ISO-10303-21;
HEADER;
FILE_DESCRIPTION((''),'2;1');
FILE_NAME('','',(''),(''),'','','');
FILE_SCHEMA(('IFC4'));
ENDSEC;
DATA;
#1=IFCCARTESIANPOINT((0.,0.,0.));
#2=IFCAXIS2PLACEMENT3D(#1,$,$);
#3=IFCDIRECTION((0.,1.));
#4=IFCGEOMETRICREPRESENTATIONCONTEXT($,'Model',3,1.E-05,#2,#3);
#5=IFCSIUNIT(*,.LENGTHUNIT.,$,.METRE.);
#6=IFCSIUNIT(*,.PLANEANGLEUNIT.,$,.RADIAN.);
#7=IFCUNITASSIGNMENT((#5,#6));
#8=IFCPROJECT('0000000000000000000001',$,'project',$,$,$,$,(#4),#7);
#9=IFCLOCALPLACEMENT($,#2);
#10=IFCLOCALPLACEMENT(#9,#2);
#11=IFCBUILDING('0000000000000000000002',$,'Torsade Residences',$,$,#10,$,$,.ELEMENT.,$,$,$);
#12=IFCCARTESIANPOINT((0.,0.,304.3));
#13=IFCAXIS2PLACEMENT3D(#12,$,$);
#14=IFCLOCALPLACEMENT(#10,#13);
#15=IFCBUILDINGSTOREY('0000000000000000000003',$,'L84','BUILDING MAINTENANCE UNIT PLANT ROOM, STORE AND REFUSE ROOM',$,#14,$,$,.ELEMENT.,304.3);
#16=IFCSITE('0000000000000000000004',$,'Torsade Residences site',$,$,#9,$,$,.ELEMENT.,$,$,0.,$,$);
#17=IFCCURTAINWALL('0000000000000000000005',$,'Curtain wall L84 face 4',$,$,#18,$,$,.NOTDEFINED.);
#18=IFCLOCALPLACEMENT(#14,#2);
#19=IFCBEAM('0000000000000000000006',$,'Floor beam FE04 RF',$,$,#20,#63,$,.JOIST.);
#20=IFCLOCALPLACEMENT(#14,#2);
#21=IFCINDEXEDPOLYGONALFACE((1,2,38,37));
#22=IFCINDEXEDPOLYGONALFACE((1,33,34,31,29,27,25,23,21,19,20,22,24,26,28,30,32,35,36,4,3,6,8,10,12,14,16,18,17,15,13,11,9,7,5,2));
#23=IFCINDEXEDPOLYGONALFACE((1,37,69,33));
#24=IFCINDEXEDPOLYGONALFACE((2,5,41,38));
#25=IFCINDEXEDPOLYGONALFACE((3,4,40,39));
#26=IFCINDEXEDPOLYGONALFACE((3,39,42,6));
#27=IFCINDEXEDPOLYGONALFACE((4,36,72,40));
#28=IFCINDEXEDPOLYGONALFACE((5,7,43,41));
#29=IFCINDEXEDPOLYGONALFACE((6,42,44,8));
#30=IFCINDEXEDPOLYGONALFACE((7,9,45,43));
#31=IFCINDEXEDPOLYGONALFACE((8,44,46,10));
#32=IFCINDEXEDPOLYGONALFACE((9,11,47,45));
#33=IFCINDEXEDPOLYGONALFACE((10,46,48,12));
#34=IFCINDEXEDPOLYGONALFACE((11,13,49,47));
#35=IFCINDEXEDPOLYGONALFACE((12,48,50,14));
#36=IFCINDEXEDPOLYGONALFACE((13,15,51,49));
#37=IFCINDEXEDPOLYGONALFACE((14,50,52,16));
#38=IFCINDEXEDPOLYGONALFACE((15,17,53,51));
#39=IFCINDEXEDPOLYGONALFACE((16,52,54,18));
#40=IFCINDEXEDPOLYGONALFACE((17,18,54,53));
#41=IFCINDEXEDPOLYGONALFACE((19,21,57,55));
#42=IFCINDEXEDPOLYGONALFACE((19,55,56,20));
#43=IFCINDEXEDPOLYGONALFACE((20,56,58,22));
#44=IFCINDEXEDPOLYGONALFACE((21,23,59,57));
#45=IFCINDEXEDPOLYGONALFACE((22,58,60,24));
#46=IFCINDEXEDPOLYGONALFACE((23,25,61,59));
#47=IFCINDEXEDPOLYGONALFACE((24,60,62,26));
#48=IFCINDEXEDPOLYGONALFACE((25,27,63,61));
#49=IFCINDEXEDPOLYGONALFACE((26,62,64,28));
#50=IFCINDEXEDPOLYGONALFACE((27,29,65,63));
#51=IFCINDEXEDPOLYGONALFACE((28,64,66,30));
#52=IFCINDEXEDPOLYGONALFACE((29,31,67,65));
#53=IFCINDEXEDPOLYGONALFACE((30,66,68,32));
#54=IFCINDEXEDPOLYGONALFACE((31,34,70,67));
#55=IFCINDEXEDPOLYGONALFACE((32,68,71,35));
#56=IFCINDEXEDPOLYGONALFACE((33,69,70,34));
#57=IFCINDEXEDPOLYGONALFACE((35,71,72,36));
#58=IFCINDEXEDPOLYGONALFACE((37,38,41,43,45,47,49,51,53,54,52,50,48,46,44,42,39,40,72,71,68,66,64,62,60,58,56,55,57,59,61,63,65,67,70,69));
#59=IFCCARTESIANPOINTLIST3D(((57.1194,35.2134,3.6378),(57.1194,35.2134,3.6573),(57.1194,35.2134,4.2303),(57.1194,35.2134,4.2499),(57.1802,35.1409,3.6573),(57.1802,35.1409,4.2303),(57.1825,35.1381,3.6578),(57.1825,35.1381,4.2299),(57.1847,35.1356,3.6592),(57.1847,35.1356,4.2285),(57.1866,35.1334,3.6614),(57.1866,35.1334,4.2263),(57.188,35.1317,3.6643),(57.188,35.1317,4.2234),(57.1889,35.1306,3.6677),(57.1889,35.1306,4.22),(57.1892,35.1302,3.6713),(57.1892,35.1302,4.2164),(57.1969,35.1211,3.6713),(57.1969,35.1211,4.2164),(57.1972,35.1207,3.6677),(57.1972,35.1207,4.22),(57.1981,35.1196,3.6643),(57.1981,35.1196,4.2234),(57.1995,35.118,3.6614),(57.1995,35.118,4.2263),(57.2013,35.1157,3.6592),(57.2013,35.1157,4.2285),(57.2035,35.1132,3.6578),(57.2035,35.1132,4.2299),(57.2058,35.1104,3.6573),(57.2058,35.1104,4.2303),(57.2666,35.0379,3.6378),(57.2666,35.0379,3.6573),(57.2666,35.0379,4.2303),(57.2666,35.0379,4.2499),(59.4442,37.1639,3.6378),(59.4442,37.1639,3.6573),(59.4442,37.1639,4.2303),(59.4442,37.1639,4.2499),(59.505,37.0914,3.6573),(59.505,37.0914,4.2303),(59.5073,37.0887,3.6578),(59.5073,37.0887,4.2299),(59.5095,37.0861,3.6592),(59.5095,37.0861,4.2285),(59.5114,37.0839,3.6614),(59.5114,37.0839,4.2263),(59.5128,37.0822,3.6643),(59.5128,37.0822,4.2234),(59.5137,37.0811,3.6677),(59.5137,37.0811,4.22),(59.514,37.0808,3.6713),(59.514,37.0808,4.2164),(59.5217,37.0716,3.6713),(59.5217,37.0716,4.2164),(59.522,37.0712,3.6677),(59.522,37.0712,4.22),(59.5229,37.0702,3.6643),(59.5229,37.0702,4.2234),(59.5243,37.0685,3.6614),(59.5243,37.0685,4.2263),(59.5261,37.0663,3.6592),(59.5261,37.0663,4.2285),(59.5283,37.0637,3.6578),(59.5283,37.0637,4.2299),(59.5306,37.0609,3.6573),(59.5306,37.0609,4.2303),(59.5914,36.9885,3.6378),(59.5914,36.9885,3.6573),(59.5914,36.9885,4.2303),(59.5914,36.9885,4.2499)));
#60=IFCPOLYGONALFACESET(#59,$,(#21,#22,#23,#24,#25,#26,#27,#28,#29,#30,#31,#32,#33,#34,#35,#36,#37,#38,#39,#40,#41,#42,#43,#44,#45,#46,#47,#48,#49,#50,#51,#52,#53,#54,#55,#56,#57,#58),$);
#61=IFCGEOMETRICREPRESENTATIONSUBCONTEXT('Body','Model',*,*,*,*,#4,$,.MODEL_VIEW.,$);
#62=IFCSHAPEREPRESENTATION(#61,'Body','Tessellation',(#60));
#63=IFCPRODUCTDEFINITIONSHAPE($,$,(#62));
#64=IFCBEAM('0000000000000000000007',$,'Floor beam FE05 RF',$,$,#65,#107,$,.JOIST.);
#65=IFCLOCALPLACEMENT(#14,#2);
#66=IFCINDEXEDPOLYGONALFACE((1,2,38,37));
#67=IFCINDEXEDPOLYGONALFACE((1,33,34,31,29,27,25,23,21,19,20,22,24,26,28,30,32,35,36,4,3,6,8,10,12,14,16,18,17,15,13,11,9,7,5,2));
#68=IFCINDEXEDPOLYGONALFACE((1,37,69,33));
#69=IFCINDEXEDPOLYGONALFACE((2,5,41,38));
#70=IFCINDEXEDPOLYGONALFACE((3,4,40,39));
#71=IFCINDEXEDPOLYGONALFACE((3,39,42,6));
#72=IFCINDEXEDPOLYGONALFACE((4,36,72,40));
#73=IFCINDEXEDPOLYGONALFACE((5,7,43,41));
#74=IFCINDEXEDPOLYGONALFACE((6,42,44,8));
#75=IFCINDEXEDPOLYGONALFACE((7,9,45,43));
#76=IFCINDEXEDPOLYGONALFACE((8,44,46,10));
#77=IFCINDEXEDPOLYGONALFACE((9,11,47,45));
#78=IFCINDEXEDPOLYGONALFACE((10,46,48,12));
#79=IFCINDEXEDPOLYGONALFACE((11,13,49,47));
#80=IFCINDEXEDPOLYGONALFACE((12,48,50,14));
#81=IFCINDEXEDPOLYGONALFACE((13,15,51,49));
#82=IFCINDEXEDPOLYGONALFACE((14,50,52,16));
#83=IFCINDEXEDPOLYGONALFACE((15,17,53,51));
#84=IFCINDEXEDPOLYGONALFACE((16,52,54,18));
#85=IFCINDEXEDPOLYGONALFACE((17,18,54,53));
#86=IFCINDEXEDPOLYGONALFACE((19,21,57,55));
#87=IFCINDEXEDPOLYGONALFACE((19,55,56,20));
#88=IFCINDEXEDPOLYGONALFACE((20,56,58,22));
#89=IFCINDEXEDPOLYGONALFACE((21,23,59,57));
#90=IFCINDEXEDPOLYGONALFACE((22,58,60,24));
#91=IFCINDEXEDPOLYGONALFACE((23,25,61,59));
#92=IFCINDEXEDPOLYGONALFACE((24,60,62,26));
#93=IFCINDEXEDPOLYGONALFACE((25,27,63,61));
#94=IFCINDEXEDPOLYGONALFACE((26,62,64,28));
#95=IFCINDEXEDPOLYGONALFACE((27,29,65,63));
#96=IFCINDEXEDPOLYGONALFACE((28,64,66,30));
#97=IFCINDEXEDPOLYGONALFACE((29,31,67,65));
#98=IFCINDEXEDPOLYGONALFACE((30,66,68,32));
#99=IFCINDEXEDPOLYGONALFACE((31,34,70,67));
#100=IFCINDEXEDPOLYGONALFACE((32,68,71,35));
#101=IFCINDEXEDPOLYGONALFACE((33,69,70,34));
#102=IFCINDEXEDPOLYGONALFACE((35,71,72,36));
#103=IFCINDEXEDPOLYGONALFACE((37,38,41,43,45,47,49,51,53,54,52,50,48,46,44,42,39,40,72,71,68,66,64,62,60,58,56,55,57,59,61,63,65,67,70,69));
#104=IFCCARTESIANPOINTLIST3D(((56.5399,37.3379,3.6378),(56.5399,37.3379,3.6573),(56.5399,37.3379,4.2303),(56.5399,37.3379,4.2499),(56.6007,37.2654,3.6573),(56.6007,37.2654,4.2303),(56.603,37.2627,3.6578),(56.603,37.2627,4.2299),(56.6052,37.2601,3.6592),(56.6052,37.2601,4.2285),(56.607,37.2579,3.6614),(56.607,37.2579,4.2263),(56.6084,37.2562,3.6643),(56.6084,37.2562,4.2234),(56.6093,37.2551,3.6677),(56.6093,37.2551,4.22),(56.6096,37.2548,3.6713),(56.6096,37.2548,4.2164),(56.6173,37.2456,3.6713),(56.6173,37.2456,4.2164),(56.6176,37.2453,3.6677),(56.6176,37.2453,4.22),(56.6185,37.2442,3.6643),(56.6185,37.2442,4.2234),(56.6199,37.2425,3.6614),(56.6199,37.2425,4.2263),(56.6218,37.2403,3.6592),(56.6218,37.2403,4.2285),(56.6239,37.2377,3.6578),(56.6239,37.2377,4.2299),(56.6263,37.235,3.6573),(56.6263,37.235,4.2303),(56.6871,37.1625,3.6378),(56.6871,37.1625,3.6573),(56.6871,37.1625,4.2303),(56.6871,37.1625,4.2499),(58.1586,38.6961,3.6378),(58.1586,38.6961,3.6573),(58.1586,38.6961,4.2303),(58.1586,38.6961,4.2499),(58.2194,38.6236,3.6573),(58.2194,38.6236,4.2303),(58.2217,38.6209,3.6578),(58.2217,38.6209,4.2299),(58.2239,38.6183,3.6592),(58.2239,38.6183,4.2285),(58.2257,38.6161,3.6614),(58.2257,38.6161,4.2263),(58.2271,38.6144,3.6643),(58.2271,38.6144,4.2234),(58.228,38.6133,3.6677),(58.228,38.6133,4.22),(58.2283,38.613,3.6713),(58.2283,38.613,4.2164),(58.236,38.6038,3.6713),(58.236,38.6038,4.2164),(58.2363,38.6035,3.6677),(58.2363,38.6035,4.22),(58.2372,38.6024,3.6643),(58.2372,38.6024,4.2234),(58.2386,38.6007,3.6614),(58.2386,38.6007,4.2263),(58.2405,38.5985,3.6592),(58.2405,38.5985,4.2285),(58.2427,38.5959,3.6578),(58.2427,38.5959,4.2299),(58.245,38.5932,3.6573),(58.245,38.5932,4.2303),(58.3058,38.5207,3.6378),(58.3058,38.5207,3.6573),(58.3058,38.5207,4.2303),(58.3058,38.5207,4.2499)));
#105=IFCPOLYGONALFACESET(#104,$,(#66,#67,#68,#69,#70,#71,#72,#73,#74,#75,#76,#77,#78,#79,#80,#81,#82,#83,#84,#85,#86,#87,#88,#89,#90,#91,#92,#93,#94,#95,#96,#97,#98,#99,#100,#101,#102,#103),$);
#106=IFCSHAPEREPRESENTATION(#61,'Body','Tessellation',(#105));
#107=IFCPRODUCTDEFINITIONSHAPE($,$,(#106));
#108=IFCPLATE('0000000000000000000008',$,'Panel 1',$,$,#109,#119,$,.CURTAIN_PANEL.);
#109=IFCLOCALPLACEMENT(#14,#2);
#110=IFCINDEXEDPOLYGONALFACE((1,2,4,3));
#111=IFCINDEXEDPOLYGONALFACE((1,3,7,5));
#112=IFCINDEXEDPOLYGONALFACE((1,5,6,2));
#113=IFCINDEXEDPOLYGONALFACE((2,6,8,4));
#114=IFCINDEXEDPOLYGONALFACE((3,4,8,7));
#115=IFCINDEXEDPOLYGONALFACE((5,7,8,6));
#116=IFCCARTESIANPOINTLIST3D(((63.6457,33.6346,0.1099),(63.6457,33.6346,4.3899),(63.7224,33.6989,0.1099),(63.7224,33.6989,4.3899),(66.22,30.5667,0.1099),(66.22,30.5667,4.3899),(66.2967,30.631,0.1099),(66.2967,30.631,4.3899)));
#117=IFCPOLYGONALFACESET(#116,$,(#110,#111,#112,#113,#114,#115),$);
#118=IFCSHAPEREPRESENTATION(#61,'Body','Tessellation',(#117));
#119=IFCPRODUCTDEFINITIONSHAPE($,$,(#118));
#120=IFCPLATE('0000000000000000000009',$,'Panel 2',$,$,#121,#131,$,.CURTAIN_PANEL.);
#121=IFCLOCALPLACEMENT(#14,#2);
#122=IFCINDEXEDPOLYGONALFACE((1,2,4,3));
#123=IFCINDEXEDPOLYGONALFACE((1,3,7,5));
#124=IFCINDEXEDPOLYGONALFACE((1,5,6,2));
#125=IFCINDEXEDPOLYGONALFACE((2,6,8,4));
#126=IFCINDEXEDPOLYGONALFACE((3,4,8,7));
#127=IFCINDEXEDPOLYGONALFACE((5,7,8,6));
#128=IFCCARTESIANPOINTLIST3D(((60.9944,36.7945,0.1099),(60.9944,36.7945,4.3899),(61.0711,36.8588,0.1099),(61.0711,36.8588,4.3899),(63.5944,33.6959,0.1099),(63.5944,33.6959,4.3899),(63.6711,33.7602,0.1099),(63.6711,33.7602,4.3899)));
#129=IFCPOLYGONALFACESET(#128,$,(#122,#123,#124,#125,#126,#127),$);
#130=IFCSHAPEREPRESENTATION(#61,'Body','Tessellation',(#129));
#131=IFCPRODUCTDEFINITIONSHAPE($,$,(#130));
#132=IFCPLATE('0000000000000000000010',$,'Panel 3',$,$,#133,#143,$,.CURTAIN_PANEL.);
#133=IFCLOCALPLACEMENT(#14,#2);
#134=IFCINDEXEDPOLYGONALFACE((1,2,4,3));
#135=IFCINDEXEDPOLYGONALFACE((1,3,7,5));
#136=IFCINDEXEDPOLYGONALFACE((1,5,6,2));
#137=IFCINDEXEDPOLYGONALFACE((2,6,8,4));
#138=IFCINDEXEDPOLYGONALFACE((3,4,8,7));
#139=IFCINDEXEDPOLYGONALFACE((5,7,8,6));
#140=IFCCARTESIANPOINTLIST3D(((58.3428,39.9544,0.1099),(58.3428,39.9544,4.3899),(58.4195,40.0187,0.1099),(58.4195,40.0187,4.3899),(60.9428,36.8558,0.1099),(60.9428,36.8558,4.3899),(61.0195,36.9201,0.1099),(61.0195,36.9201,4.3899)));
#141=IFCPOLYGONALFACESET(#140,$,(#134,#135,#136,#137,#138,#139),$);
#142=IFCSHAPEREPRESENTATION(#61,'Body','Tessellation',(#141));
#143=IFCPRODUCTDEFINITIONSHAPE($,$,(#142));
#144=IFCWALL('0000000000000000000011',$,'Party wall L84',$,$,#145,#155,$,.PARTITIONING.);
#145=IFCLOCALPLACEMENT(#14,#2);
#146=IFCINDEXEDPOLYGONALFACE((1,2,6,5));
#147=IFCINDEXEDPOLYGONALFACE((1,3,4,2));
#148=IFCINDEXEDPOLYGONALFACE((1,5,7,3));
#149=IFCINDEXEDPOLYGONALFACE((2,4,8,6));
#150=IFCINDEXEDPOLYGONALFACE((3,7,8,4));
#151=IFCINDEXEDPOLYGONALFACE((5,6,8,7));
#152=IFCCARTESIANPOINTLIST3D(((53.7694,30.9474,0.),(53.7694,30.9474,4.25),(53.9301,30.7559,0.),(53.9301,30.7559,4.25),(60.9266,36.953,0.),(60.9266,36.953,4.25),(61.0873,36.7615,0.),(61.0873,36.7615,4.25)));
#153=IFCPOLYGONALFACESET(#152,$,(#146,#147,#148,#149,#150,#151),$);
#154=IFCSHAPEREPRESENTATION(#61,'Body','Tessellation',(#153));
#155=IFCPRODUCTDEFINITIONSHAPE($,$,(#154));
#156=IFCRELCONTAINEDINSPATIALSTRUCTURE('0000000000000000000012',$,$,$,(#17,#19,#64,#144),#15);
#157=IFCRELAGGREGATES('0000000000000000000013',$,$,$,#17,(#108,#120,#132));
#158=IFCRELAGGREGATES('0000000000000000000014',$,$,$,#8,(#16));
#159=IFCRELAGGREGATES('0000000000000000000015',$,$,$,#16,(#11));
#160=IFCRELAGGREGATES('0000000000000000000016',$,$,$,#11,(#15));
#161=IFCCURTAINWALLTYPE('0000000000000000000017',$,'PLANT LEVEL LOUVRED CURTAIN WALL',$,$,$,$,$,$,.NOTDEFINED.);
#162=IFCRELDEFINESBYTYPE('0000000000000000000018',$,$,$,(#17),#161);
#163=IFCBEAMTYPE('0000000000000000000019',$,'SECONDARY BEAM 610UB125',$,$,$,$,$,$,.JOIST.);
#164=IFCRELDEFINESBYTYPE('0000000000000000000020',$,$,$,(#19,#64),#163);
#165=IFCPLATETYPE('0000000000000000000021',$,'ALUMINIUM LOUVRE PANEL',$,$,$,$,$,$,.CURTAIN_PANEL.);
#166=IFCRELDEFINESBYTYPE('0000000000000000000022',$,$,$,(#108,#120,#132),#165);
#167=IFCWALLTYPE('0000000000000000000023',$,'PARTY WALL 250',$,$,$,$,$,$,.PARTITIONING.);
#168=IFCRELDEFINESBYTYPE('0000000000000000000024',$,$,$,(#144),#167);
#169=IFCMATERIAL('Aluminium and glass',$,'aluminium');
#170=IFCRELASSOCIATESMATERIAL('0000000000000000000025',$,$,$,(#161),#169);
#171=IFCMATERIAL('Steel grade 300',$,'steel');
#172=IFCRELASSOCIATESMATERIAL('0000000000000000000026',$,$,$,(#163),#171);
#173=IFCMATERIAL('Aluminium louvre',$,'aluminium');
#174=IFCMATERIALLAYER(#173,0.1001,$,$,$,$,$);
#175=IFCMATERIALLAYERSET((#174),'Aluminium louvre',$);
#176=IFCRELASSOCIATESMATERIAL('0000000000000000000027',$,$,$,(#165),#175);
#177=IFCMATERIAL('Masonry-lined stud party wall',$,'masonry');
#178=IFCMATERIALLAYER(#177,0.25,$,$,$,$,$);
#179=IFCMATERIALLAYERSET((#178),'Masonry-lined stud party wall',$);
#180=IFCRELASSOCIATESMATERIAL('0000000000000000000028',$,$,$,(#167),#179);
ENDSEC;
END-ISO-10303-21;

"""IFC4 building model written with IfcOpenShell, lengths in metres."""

from ifc_helpers import new_model, si_unit, direction, frame, frame_2d, origin, origin_2d, place, context, subcontext, project, spatial, rectangle, i_section, extrude, material, layer, layer_set, material_profile, profile_set, type_object, element, aggregate, save


model = new_model("IFC4")

# Units and contexts
model_context = context("Model", 3, precision=1e-05, world=origin(), true_north=direction((0.0, 1.0)))
body_context = subcontext(model_context, "Body", "Model", "MODEL_VIEW")
ifc_project = project(units=[si_unit("LENGTHUNIT", "METRE"), si_unit("PLANEANGLEUNIT", "RADIAN")], contexts=[model_context])

# Site, building, storey
site_placement = place(None, origin())
site = spatial("IfcSite", under=ifc_project, at=site_placement, Name="Torsade Residences site", CompositionType="ELEMENT", RefElevation=0.0)
building_placement = place(site_placement, origin())
building = spatial("IfcBuilding", under=site, at=building_placement, Name="Torsade Residences", CompositionType="ELEMENT")
storey_placement = place(building_placement, frame((0.0, 0.0, 304.3)))
storey = spatial("IfcBuildingStorey", under=building, at=storey_placement, Name="L84", Description="BUILDING MAINTENANCE UNIT PLANT ROOM, STORE AND REFUSE ROOM", CompositionType="ELEMENT", Elevation=304.3)

# Shared definitions
ifc_material_1 = material(Name="Aluminium and glass", Category="aluminium")
curtain_wall_type = type_object("IfcCurtainWallType", Name="PLANT LEVEL LOUVRED CURTAIN WALL", PredefinedType="NOTDEFINED", material=ifc_material_1)

# Curtain wall
curtain_wall_1_placement = place(storey_placement, origin())
curtain_wall_1 = element("IfcCurtainWall", 1, at=curtain_wall_1_placement, inside=storey, type_object=curtain_wall_type, Name="Curtain wall L84 face 4", PredefinedType="NOTDEFINED")

# Beams
ifc_material_2 = material(Name="Steel grade 300", Category="steel")
ifc_material_profile_1 = material_profile(ifc_material_2, i_section(OverallWidth=0.229, OverallDepth=0.6121, WebThickness=0.012, FlangeThickness=0.0195, FilletRadius=0.0139, at=origin_2d()), Name="610UB125")
ifc_profile_set_1 = profile_set([ifc_material_profile_1], Name="Steel grade 300")
beam_type_1 = type_object("IfcBeamType", Name="SECONDARY BEAM 610UB125", PredefinedType="JOIST", material=ifc_profile_set_1)
beam_1_placement = place(storey_placement, frame((59.5178, 37.0762, 3.9438), z_axis=(-0.76608, -0.642745, 0.0), x_axis=(0.642745, -0.76608, 0.0)))
element("IfcBeam", 2, at=beam_1_placement, inside=storey, type_object=beam_type_1, Name="Floor beam FE04 RF", PredefinedType="JOIST", context=body_context, shape_type="SweptSolid", body=[
    extrude(i_section(OverallWidth=0.229, OverallDepth=0.6121, WebThickness=0.012, FlangeThickness=0.0195, FilletRadius=0.0139, at=origin_2d()), origin(), (0.0, 0.0, 1.0), 3.0347),
])
beam_2_placement = place(storey_placement, frame((58.2322, 38.6084, 3.9438), z_axis=(-0.766058, -0.642772, 0.0), x_axis=(0.642772, -0.766058, 0.0)))
element("IfcBeam", 3, at=beam_2_placement, inside=storey, type_object=beam_type_1, Name="Floor beam FE05 RF", PredefinedType="JOIST", context=body_context, shape_type="SweptSolid", body=[
    extrude(i_section(OverallWidth=0.229, OverallDepth=0.6121, WebThickness=0.012, FlangeThickness=0.0195, FilletRadius=0.0139, at=origin_2d()), origin(), (0.0, 0.0, 1.0), 2.113),
])

# Plates
ifc_material_3 = material(Name="Aluminium louvre", Category="aluminium")
ifc_layer_1 = layer(ifc_material_3, 0.1001)
ifc_layer_set_1 = layer_set([ifc_layer_1], Name="Aluminium louvre")
plate_type = type_object("IfcPlateType", Name="ALUMINIUM LOUVRE PANEL", PredefinedType="CURTAIN_PANEL", material=ifc_layer_set_1)
plate_1_placement = place(storey_placement, frame((64.9712, 32.1328, 0.1099), z_axis=(0.0, 0.0, 1.0), x_axis=(-0.642788, 0.766044, 0.0)))
plate_1 = element("IfcPlate", 4, at=plate_1_placement, type_object=plate_type, Name="Panel 1", PredefinedType="CURTAIN_PANEL", context=body_context, shape_type="SweptSolid", body=[
    extrude(rectangle(XDim=4.0049, YDim=0.1001, at=origin_2d()), origin(), (0.0, 0.0, 1.0), 4.28),
])
plate_2_placement = place(storey_placement, frame((62.3328, 35.2773, 0.1099), z_axis=(0.0, 0.0, 1.0), x_axis=(-0.642788, 0.766044, 0.0)))
plate_2 = element("IfcPlate", 5, at=plate_2_placement, type_object=plate_type, Name="Panel 2", PredefinedType="CURTAIN_PANEL", context=body_context, shape_type="SweptSolid", body=[
    extrude(rectangle(XDim=4.0449, YDim=0.1001, at=origin_2d()), origin(), (0.0, 0.0, 1.0), 4.28),
])
plate_3_placement = place(storey_placement, frame((59.6812, 38.4373, 0.1099), z_axis=(0.0, 0.0, 1.0), x_axis=(-0.642788, 0.766044, 0.0)))
plate_3 = element("IfcPlate", 6, at=plate_3_placement, type_object=plate_type, Name="Panel 3", PredefinedType="CURTAIN_PANEL", context=body_context, shape_type="SweptSolid", body=[
    extrude(rectangle(XDim=4.0449, YDim=0.1001, at=origin_2d()), origin(), (0.0, 0.0, 1.0), 4.28),
])
aggregate(curtain_wall_1, [plate_1, plate_2, plate_3])

# Wall
ifc_material_4 = material(Name="Masonry-lined stud party wall", Category="masonry")
ifc_layer_2 = layer(ifc_material_4, 0.25)
ifc_layer_set_2 = layer_set([ifc_layer_2], Name="Masonry-lined stud party wall")
wall_type = type_object("IfcWallType", Name="PARTY WALL 250", PredefinedType="PARTITIONING", material=ifc_layer_set_2)
wall_placement = place(storey_placement, frame((61.0068, 36.8572, 0.0), z_axis=(0.0, 0.0, 1.0), x_axis=(-0.766045, -0.642787, 0.0)))
element("IfcWall", 7, at=wall_placement, inside=storey, type_object=wall_type, Name="Party wall L84", PredefinedType="PARTITIONING", context=body_context, shape_type="SweptSolid", body=[
    extrude(rectangle(XDim=9.343, YDim=0.25, at=frame_2d((4.6714, 0.0))), origin(), (0.0, 0.0, 1.0), 4.25),
])

save(model, "model.ifc")
